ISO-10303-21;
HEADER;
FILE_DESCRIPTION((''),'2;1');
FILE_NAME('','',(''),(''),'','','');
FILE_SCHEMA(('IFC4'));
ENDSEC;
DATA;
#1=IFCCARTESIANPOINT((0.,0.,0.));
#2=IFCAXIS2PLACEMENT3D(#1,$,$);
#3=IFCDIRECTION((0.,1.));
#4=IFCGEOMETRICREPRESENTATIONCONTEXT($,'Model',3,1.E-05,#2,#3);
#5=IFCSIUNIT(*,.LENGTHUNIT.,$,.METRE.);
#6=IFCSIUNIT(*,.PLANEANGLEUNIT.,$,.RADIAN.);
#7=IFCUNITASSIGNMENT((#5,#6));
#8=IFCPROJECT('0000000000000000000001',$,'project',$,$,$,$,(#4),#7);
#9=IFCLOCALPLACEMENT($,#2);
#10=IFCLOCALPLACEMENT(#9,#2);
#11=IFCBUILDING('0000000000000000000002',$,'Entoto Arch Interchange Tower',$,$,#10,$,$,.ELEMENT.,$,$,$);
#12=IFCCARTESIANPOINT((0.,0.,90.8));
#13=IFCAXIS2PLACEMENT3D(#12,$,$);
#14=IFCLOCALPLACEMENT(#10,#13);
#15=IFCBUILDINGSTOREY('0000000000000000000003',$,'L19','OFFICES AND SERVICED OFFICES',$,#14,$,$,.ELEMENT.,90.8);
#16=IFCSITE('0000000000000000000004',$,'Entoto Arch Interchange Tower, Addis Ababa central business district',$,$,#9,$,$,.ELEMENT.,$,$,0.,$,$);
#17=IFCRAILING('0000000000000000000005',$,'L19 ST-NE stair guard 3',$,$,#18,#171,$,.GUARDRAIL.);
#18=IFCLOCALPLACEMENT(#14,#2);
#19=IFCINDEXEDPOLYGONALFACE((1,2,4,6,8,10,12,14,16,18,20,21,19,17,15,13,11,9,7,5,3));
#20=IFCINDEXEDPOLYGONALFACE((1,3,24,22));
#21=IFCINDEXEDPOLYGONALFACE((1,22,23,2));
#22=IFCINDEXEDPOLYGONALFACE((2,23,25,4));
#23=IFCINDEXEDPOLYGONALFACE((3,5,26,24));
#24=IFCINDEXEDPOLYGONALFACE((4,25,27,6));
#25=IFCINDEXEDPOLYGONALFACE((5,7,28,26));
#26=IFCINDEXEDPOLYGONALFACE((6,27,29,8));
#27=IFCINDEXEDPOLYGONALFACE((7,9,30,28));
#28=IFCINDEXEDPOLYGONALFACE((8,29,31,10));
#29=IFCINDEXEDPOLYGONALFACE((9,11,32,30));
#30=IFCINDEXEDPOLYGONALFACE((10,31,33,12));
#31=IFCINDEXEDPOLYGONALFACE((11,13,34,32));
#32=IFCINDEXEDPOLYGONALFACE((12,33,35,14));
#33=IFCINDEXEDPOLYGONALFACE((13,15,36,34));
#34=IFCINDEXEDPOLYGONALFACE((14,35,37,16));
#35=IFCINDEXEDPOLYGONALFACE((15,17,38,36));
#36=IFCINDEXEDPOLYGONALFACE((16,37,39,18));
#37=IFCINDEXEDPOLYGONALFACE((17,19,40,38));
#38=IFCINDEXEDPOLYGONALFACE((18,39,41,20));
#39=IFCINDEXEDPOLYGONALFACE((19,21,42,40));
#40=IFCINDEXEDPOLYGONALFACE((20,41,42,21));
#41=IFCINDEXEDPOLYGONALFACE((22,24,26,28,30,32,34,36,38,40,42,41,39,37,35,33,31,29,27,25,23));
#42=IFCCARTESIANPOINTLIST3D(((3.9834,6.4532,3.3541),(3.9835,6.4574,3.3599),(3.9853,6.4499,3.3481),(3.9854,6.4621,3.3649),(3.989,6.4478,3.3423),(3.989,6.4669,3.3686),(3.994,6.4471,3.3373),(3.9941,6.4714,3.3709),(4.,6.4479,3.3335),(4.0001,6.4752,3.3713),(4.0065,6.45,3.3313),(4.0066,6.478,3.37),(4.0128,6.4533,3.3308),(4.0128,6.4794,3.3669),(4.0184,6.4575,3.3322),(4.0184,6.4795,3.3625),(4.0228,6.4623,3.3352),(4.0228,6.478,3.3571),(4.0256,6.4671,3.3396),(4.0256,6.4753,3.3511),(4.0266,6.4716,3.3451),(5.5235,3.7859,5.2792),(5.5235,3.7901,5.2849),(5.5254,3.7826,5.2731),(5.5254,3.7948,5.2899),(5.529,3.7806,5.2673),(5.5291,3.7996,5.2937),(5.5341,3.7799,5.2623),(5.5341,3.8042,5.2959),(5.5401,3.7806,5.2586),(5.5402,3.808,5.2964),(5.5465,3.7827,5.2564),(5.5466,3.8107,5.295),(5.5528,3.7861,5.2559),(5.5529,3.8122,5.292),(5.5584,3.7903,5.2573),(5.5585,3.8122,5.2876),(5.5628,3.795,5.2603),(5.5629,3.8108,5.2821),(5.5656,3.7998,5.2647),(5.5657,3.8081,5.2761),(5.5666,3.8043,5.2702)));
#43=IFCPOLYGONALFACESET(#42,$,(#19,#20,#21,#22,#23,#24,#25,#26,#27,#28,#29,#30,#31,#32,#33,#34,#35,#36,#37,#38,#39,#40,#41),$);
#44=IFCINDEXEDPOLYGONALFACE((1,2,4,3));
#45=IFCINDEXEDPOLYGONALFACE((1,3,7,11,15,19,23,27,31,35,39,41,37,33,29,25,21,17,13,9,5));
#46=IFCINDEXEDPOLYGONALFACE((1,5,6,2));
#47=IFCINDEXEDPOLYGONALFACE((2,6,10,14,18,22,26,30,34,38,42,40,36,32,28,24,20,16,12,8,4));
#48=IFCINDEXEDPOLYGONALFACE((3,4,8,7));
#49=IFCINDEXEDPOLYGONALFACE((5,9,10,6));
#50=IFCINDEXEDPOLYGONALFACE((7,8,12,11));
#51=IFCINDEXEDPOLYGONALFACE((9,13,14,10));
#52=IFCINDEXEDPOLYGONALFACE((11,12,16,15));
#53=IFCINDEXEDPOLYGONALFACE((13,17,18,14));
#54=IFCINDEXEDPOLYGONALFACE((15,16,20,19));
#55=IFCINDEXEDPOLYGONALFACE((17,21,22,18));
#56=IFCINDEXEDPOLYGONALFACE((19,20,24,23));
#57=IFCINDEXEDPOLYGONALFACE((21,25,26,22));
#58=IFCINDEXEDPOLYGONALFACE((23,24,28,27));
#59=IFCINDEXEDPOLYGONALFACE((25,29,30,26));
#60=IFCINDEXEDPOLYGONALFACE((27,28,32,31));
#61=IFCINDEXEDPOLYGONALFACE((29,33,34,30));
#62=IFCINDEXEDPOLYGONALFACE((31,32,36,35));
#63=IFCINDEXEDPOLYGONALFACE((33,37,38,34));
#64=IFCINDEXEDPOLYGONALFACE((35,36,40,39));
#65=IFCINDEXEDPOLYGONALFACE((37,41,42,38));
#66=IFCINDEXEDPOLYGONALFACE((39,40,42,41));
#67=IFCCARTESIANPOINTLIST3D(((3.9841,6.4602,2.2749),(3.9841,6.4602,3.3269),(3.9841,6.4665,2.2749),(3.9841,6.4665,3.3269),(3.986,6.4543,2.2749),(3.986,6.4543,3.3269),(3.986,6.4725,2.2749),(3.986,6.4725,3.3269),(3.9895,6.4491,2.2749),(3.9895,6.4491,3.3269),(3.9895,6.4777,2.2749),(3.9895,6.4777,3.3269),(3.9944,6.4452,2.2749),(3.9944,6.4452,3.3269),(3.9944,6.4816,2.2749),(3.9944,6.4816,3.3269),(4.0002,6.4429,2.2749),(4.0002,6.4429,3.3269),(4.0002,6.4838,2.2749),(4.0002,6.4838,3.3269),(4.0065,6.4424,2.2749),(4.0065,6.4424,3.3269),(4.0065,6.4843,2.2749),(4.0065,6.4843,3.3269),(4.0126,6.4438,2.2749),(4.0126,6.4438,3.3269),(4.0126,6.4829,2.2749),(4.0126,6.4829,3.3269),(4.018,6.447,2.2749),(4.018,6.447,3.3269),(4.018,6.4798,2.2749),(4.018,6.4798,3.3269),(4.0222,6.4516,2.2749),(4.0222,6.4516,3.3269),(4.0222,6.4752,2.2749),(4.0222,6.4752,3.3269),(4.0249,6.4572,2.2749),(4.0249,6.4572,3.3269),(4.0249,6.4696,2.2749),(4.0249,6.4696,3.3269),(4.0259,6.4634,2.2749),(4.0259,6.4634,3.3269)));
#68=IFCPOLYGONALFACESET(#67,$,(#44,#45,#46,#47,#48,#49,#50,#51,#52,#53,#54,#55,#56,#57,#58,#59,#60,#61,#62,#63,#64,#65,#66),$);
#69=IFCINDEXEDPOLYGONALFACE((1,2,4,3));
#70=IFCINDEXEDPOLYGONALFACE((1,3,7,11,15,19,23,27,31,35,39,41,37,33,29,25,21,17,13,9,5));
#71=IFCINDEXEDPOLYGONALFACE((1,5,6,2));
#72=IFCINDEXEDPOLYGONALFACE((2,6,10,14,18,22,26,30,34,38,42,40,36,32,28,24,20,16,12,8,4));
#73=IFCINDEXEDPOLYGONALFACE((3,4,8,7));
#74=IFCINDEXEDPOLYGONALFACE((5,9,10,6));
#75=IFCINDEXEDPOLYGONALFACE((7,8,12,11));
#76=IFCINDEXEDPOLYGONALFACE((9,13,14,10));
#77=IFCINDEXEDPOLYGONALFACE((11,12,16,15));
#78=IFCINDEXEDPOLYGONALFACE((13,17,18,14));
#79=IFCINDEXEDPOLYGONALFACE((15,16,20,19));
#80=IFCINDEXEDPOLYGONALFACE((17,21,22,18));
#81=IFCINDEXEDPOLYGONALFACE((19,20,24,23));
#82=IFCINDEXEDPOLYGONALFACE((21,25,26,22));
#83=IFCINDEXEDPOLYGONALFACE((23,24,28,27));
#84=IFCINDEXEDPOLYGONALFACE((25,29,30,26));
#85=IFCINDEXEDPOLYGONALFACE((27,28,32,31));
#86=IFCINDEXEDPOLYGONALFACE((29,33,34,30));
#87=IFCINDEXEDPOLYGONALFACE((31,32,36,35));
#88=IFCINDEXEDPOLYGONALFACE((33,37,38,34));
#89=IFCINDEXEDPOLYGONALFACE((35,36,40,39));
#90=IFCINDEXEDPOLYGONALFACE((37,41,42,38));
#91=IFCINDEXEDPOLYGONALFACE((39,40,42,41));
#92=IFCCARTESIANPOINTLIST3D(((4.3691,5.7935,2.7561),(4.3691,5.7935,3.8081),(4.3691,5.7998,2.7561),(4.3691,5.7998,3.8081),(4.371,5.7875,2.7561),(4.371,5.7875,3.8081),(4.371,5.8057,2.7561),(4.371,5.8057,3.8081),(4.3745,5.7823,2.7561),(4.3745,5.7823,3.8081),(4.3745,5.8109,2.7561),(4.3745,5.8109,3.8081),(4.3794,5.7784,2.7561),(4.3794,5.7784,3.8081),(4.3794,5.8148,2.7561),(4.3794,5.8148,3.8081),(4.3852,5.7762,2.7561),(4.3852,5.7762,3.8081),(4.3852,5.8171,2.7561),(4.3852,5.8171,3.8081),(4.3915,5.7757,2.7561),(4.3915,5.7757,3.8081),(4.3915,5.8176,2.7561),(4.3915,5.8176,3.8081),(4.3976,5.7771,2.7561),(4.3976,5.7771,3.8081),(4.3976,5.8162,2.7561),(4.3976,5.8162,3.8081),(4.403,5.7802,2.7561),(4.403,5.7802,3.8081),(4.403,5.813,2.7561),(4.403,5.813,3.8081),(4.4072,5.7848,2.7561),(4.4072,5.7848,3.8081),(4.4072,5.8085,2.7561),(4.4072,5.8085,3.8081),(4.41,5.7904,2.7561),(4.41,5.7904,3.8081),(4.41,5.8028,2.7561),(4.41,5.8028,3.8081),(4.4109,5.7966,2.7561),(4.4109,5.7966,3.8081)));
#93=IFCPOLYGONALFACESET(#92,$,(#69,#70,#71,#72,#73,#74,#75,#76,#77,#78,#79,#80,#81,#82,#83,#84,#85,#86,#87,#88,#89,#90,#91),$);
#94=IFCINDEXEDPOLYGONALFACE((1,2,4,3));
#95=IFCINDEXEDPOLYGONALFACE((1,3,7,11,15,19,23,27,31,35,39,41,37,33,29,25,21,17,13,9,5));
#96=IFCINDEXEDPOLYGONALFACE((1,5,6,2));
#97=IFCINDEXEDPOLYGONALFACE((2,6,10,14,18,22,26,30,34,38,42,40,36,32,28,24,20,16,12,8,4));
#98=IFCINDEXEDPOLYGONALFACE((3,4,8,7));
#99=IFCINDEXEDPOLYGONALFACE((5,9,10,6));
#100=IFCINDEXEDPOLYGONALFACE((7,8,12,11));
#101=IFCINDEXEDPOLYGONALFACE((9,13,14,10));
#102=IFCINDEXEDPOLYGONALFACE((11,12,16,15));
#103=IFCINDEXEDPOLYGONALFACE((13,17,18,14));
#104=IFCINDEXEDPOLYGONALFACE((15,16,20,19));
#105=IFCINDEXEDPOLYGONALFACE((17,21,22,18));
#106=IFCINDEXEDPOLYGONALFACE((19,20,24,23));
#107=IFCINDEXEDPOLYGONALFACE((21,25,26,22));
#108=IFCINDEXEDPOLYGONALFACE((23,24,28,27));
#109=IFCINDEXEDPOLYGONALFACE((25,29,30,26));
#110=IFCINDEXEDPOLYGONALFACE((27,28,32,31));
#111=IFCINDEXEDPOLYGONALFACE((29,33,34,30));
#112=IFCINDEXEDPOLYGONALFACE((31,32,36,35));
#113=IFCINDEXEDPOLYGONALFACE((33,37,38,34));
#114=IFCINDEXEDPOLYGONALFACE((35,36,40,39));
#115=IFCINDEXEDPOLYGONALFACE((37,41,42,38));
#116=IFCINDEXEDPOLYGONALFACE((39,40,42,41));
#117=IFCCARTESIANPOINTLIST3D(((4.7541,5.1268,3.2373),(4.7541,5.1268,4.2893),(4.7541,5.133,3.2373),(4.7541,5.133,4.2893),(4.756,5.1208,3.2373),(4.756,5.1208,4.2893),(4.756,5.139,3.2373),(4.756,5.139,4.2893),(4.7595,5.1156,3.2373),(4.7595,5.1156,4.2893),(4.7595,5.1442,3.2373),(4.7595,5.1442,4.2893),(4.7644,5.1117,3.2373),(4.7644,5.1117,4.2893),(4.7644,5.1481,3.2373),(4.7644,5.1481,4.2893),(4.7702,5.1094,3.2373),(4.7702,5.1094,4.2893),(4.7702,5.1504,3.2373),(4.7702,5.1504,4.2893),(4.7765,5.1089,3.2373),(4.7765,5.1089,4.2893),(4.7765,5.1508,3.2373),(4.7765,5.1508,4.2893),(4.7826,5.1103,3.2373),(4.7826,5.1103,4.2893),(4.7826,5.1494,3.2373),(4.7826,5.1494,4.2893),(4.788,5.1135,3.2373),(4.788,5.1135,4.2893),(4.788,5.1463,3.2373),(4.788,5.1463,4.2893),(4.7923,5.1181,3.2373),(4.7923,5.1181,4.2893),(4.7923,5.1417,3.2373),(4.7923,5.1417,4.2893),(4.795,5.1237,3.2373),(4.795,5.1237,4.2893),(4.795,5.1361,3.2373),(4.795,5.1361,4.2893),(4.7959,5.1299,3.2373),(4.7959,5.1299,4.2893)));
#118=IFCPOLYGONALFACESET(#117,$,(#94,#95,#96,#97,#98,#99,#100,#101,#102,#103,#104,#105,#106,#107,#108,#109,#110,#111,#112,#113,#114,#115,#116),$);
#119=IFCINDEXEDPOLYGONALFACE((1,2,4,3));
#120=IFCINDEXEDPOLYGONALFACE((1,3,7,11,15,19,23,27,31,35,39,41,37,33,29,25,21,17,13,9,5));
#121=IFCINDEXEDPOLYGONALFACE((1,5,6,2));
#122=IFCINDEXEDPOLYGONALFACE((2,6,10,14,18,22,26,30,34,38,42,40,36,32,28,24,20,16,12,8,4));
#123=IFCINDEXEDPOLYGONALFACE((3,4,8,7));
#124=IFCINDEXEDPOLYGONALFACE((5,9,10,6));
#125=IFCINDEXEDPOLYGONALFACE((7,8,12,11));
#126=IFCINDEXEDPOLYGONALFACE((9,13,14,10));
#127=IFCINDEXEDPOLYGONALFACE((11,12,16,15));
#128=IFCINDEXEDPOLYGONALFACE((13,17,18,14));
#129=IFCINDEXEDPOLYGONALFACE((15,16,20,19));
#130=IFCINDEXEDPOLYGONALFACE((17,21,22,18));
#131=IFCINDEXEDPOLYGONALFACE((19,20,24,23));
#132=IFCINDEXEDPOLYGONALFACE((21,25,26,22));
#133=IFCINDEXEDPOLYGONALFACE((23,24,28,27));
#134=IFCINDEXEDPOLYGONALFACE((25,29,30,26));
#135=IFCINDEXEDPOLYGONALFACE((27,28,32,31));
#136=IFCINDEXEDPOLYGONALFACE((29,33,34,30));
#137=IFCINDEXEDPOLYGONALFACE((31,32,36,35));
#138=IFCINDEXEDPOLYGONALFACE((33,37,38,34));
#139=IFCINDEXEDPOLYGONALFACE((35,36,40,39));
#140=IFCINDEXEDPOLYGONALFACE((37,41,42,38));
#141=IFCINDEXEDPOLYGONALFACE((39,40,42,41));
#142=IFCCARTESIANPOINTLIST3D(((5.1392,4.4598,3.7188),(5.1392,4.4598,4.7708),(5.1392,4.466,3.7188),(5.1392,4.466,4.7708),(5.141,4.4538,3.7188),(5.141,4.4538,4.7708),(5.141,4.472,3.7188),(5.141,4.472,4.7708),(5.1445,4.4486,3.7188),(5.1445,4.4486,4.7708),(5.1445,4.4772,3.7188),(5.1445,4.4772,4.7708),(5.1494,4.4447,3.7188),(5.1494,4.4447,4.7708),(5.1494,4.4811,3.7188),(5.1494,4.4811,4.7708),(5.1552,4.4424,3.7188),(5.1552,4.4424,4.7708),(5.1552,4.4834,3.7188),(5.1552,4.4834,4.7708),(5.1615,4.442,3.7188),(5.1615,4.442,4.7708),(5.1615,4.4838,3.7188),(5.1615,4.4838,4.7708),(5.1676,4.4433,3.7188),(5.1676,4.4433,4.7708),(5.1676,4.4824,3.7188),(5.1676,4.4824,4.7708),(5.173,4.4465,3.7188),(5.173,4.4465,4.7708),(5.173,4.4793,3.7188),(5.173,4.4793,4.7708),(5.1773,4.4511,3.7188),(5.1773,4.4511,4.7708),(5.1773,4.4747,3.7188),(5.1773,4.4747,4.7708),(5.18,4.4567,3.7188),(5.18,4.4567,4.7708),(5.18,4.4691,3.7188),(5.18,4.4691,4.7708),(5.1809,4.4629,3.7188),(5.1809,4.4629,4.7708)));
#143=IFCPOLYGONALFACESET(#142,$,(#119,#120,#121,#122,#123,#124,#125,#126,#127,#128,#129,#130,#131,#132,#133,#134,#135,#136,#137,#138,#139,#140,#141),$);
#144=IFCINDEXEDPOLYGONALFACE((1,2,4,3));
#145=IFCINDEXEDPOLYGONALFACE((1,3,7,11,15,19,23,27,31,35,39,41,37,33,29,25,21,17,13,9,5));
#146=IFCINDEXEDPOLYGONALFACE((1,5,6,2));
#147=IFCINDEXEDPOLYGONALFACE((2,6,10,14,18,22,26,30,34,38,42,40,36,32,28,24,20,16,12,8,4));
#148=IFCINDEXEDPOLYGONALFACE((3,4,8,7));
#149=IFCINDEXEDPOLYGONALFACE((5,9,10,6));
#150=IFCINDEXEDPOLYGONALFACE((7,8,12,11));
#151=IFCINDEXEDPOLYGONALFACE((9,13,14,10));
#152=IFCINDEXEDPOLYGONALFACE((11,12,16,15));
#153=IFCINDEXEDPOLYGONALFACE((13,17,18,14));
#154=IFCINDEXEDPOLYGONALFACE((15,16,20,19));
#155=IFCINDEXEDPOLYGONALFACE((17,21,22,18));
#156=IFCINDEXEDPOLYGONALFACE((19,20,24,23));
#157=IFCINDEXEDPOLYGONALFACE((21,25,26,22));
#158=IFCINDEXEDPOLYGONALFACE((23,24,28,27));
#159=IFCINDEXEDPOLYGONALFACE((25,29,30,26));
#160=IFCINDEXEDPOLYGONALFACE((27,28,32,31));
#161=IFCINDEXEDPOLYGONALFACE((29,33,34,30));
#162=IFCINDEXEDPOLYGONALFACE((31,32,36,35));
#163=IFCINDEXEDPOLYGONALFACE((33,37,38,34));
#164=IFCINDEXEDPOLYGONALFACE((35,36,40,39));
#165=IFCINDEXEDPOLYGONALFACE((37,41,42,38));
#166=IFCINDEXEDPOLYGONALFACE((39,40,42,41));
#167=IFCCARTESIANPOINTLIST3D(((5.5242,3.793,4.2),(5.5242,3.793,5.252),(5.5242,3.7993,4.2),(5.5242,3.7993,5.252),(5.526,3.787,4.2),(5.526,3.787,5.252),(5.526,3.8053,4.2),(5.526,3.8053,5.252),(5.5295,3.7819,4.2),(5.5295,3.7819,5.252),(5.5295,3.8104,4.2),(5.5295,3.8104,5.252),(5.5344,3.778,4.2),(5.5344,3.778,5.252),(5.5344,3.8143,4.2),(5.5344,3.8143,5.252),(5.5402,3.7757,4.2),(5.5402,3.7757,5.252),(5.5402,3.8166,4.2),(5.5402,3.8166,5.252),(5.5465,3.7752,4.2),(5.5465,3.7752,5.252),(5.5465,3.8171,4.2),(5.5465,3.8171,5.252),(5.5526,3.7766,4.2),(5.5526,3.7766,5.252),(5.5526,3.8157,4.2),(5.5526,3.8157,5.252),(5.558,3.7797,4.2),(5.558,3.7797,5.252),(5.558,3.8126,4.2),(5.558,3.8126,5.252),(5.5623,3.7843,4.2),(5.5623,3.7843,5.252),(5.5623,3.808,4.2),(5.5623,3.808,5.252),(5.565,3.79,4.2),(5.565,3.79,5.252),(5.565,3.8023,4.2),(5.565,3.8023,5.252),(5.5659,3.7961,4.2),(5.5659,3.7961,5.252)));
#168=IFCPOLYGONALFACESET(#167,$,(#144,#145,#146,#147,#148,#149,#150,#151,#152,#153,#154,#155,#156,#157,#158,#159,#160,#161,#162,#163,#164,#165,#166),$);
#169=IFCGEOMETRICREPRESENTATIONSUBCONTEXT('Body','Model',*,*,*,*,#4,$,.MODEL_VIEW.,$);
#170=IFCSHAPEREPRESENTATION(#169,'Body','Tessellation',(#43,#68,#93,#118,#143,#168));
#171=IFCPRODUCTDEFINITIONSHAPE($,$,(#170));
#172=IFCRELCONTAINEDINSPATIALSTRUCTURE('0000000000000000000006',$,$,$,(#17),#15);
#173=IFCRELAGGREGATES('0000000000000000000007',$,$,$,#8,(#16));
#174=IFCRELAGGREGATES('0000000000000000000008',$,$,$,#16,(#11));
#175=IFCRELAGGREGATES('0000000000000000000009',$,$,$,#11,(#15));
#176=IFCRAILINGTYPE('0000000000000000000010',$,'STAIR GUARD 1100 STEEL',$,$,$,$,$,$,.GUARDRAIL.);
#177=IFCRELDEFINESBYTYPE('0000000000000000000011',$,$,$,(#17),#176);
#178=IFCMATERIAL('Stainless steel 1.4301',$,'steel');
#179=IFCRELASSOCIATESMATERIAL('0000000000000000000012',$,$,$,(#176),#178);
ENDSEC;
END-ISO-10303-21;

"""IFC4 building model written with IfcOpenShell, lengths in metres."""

from ifc_helpers import new_model, si_unit, direction, frame, origin, origin_2d, place, context, subcontext, project, spatial, circle, extrude, material, type_object, element, save


model = new_model("IFC4")

# Units and contexts
model_context = context("Model", 3, precision=1e-05, world=origin(), true_north=direction((0.0, 1.0)))
body_context = subcontext(model_context, "Body", "Model", "MODEL_VIEW")
ifc_project = project(units=[si_unit("LENGTHUNIT", "METRE"), si_unit("PLANEANGLEUNIT", "RADIAN")], contexts=[model_context])

# Site, building, storey
site_placement = place(None, origin())
site = spatial("IfcSite", under=ifc_project, at=site_placement, Name="Entoto Arch Interchange Tower, Addis Ababa central business district", CompositionType="ELEMENT", RefElevation=0.0)
building_placement = place(site_placement, origin())
building = spatial("IfcBuilding", under=site, at=building_placement, Name="Entoto Arch Interchange Tower", CompositionType="ELEMENT")
storey_placement = place(building_placement, frame((0.0, 0.0, 90.8)))
storey = spatial("IfcBuildingStorey", under=building, at=storey_placement, Name="L19", Description="OFFICES AND SERVICED OFFICES", CompositionType="ELEMENT", Elevation=90.8)

# Railing
ifc_material_1 = material(Name="Stainless steel 1.4301", Category="steel")
railing_type_1 = type_object("IfcRailingType", Name="STAIR GUARD 1100 STEEL", PredefinedType="GUARDRAIL", material=ifc_material_1)
railing_1_placement = place(storey_placement, frame((4.0049, 6.4634, 2.2749)))
element("IfcRailing", 1, at=railing_1_placement, inside=storey, type_object=railing_type_1, Name="L19 ST-NE stair guard 3", PredefinedType="GUARDRAIL", context=body_context, shape_type="SweptSolid", body=[
    extrude(circle(Radius=0.0239, at=origin_2d()), frame((0.0, 0.0, 1.0762), z_axis=(0.424015, -0.734364, 0.530019), x_axis=(0.86601, 0.500027, 0.0)), (0.0, 0.0, 1.0), 3.6321),
    extrude(circle(Radius=0.021, at=origin_2d()), origin(), (0.0, 0.0, 1.0), 1.052),
    extrude(circle(Radius=0.021, at=origin_2d()), frame((0.385, -0.6667, 0.4812)), (0.0, 0.0, 1.0), 1.052),
    extrude(circle(Radius=0.021, at=origin_2d()), frame((0.77, -1.3335, 0.9624)), (0.0, 0.0, 1.0), 1.052),
    extrude(circle(Radius=0.021, at=origin_2d()), frame((1.155, -2.0005, 1.4438)), (0.0, 0.0, 1.0), 1.052),
    extrude(circle(Radius=0.021, at=origin_2d()), frame((1.54, -2.6672, 1.925)), (0.0, 0.0, 1.0), 1.052),
])

save(model, "model.ifc")
